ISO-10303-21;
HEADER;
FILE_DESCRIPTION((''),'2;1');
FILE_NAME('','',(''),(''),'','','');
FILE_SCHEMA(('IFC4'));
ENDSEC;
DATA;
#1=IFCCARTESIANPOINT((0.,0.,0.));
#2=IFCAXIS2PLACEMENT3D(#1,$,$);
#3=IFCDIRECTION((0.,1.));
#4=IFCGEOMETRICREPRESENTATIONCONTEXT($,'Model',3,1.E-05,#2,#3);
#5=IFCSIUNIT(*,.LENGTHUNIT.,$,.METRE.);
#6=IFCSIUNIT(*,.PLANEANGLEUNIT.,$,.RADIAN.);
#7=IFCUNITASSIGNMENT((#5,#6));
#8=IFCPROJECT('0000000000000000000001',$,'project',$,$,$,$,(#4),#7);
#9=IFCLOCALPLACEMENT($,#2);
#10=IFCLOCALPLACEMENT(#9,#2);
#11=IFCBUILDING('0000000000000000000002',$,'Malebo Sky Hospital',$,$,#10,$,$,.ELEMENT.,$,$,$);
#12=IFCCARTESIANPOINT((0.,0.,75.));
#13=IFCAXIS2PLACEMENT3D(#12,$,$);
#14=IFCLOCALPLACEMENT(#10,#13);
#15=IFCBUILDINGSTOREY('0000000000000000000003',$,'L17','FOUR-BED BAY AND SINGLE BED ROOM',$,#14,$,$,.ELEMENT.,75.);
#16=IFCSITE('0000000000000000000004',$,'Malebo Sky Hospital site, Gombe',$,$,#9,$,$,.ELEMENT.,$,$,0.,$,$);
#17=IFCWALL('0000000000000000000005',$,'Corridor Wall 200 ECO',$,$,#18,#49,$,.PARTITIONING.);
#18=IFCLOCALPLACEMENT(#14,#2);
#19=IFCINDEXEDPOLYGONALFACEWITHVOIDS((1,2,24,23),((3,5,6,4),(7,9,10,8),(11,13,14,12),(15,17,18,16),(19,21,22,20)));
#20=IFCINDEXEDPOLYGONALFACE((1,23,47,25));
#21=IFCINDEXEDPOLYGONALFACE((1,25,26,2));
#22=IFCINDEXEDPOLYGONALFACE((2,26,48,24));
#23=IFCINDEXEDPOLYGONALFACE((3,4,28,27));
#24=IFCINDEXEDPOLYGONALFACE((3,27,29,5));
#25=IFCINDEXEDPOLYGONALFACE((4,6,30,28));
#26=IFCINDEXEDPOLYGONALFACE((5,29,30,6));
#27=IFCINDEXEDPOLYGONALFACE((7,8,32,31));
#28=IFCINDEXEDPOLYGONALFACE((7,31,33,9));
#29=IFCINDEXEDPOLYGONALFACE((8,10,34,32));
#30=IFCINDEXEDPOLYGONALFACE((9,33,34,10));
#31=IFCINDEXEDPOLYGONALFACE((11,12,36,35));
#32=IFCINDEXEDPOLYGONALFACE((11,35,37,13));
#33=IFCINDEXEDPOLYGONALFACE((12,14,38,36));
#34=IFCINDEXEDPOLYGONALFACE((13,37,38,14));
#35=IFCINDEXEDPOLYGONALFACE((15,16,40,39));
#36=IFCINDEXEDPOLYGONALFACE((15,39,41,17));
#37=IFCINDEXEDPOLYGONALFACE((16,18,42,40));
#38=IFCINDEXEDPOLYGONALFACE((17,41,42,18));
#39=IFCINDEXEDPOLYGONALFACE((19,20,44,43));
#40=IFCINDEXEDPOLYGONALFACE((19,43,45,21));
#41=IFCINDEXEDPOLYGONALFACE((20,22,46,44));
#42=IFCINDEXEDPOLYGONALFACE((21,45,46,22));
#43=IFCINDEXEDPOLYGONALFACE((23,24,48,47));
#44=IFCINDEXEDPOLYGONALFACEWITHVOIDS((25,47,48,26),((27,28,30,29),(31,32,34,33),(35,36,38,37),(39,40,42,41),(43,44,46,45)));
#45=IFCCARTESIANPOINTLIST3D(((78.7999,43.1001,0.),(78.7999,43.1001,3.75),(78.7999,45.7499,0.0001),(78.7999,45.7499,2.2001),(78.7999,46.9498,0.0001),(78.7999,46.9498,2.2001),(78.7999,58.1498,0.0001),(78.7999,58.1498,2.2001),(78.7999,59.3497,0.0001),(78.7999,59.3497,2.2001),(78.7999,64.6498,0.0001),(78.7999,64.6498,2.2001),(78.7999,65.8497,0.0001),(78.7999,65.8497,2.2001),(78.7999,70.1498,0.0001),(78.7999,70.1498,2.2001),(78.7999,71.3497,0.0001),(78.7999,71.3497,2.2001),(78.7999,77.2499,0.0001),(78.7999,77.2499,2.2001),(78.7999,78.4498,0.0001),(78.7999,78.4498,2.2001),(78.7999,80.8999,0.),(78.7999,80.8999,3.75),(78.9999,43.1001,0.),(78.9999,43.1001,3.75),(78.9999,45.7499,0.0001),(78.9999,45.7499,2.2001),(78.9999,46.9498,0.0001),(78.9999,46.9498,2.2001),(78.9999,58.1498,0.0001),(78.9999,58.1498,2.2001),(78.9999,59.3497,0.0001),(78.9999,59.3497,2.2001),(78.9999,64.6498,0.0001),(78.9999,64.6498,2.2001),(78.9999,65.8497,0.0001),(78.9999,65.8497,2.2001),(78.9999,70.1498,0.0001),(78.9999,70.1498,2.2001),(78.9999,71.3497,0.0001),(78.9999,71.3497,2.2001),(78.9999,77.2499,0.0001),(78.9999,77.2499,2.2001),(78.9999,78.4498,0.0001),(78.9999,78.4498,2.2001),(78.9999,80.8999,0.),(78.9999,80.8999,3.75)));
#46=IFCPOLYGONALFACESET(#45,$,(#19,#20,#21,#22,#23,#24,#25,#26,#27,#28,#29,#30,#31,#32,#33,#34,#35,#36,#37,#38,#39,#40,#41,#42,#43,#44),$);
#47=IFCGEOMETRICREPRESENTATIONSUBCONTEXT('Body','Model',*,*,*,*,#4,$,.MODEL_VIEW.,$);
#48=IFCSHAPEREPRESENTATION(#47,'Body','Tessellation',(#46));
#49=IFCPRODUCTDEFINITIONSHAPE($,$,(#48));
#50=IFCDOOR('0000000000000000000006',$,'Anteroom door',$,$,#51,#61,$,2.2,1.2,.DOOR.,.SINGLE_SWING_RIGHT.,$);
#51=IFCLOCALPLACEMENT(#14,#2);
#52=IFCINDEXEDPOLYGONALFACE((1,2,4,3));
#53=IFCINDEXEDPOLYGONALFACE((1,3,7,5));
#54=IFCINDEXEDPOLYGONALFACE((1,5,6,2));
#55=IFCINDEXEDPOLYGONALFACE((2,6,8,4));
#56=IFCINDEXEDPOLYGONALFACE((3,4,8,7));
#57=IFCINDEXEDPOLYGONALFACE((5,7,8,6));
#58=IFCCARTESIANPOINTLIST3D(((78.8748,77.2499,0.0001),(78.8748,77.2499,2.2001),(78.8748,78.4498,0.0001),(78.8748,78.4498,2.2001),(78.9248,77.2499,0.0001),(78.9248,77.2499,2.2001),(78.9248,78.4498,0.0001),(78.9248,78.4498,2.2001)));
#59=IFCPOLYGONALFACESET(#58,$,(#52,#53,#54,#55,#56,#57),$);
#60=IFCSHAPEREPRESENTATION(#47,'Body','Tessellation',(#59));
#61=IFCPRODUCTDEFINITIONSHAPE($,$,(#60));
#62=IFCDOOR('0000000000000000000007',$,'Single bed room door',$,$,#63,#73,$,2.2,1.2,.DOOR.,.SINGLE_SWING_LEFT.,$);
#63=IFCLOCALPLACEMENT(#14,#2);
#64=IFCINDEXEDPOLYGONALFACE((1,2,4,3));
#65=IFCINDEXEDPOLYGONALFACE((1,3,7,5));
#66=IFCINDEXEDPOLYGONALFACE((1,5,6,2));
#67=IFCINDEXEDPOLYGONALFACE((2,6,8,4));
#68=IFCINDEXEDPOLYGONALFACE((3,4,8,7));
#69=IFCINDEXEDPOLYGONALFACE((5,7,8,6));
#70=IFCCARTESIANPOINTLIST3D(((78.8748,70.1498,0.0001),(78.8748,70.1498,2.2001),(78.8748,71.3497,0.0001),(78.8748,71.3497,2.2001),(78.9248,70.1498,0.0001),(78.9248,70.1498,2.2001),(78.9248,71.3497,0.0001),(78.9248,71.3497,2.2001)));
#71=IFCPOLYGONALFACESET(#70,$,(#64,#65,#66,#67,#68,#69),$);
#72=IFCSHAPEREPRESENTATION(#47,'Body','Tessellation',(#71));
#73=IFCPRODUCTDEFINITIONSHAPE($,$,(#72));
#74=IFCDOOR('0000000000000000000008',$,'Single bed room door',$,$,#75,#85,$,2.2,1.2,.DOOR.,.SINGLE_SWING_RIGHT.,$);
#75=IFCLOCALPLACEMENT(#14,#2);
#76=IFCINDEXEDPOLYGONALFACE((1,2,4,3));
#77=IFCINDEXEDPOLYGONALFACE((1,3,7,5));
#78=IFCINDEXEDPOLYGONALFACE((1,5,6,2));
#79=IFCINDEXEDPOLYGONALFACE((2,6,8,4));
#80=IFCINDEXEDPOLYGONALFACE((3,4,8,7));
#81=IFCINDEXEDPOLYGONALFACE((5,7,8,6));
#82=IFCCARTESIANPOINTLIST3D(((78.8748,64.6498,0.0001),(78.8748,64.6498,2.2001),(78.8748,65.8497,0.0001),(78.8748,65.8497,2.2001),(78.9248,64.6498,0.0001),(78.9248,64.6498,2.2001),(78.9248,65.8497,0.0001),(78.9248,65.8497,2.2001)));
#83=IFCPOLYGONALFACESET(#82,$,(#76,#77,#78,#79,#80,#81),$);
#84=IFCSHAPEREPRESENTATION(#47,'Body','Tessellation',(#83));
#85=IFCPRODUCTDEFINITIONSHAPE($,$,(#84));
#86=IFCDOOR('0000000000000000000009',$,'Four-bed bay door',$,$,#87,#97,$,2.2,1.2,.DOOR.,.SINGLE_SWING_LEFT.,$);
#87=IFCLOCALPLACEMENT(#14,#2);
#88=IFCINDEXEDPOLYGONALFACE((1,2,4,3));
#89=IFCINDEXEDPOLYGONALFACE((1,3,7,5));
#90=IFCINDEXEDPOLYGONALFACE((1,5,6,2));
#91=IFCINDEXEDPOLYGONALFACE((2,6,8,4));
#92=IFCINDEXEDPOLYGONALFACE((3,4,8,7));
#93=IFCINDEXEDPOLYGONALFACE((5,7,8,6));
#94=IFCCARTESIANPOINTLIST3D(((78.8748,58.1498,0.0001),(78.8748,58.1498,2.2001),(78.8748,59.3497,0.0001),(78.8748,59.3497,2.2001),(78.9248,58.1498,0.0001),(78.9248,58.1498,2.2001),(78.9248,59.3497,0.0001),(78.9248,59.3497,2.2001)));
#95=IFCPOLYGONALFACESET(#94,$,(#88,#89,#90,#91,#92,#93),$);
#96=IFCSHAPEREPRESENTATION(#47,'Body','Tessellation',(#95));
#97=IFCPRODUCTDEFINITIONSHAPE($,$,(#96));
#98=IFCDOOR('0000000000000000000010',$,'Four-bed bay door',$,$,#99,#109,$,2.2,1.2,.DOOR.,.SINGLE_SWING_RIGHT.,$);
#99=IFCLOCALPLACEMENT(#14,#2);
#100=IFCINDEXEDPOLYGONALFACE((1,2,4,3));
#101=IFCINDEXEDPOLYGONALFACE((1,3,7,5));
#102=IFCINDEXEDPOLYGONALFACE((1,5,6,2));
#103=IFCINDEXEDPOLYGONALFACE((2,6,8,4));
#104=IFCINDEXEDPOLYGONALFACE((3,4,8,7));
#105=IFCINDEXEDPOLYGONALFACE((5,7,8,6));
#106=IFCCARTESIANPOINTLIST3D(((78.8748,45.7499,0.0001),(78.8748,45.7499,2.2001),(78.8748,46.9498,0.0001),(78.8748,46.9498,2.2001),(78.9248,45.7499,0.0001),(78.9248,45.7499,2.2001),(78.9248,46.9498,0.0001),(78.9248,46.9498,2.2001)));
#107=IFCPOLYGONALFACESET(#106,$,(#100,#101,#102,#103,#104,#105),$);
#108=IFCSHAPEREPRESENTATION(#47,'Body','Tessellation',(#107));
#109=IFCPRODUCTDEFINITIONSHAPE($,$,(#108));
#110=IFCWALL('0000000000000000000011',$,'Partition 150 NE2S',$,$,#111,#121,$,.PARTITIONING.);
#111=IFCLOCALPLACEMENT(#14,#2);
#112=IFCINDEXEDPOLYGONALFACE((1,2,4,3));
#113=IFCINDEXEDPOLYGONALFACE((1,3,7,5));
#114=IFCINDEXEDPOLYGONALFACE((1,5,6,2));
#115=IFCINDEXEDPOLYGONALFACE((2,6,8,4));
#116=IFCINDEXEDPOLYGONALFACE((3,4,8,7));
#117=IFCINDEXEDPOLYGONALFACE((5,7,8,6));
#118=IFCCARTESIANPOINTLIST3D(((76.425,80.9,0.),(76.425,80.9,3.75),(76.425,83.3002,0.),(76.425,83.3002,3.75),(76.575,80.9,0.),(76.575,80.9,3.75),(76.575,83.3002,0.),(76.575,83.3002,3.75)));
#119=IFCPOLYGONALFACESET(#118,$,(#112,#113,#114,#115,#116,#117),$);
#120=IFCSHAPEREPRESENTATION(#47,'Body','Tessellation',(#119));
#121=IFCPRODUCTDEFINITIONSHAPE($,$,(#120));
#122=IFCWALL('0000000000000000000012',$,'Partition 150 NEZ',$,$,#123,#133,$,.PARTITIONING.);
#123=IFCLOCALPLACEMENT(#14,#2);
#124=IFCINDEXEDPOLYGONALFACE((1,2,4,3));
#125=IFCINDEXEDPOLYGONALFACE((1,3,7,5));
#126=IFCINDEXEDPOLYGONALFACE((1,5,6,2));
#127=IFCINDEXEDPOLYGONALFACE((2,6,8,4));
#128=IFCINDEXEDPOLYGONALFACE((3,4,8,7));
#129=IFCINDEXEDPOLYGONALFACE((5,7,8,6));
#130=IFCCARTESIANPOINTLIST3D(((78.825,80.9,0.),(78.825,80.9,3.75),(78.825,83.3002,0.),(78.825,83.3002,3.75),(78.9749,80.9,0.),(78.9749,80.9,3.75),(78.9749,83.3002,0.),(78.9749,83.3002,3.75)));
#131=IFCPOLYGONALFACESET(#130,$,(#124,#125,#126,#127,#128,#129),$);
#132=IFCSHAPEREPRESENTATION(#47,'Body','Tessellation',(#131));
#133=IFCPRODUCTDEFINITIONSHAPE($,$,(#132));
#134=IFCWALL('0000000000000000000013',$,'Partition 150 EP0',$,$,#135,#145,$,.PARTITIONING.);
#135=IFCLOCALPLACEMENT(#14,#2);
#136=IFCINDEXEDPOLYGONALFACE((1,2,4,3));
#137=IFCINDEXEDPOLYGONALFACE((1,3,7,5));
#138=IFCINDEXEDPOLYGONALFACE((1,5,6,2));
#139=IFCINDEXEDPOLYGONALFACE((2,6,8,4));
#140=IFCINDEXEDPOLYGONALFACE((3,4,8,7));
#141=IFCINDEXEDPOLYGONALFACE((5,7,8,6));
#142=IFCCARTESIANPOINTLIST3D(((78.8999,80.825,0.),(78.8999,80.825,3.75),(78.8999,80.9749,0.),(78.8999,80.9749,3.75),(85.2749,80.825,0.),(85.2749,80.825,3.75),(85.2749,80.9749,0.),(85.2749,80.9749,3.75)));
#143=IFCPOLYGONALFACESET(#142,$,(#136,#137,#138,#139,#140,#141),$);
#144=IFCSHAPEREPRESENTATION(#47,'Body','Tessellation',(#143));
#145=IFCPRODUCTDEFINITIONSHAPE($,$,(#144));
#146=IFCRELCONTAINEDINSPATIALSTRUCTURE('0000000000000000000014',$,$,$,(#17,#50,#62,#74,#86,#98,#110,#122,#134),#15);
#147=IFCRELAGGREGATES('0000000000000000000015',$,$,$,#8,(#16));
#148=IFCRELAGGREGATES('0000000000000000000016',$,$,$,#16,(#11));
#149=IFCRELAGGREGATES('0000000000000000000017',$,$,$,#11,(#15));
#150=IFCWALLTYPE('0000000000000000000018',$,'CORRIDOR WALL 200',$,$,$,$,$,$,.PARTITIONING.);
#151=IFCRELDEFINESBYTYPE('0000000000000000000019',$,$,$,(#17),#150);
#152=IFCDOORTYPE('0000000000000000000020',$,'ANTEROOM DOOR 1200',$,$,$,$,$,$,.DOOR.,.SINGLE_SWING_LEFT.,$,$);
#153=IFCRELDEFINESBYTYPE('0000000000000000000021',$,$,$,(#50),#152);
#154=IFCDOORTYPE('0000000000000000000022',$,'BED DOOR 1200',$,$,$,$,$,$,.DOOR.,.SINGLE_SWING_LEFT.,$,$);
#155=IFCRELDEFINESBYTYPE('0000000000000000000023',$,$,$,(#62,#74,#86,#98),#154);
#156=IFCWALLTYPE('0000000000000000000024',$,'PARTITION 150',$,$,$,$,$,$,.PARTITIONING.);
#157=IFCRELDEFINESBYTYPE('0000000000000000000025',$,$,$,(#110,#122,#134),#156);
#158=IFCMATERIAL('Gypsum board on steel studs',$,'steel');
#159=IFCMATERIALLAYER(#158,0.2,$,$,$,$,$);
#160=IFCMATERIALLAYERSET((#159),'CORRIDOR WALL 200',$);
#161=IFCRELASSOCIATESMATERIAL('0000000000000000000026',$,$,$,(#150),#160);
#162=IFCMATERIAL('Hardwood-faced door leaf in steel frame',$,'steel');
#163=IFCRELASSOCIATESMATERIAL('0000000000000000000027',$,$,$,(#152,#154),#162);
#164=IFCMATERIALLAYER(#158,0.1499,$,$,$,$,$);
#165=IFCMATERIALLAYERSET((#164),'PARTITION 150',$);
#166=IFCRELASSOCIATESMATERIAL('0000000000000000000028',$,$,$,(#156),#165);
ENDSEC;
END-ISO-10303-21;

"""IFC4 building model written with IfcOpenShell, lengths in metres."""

from ifc_helpers import new_model, si_unit, direction, frame, frame_2d, origin, place, context, subcontext, project, spatial, rectangle, extrude, material, layer, layer_set, type_object, element, fill, save


model = new_model("IFC4")

# Units and contexts
model_context = context("Model", 3, precision=1e-05, world=origin(), true_north=direction((0.0, 1.0)))
body_context = subcontext(model_context, "Body", "Model", "MODEL_VIEW")
ifc_project = project(units=[si_unit("LENGTHUNIT", "METRE"), si_unit("PLANEANGLEUNIT", "RADIAN")], contexts=[model_context])

# Site, building, storey
site_placement = place(None, origin())
site = spatial("IfcSite", under=ifc_project, at=site_placement, Name="Malebo Sky Hospital site, Gombe", CompositionType="ELEMENT", RefElevation=0.0)
building_placement = place(site_placement, origin())
building = spatial("IfcBuilding", under=site, at=building_placement, Name="Malebo Sky Hospital", CompositionType="ELEMENT")
storey_placement = place(building_placement, frame((0.0, 0.0, 75.0)))
storey = spatial("IfcBuildingStorey", under=building, at=storey_placement, Name="L17", Description="FOUR-BED BAY AND SINGLE BED ROOM", CompositionType="ELEMENT", Elevation=75.0)

# Wall, openings, doors
ifc_material_1 = material(Name="Gypsum board on steel studs", Category="steel")
ifc_layer_1 = layer(ifc_material_1, 0.2)
ifc_layer_set_1 = layer_set([ifc_layer_1], Name="CORRIDOR WALL 200")
wall_type_1 = type_object("IfcWallType", Name="CORRIDOR WALL 200", PredefinedType="PARTITIONING", material=ifc_layer_set_1)
wall_1_placement = place(storey_placement, frame((78.8999, 80.8999, 0.0), z_axis=(0.0, 0.0, 1.0), x_axis=(0.0, -1.0, 0.0)))
wall_1 = element("IfcWall", 1, at=wall_1_placement, inside=storey, type_object=wall_type_1, Name="Corridor Wall 200 ECO", PredefinedType="PARTITIONING", context=body_context, shape_type="SweptSolid", body=[
    extrude(rectangle(XDim=37.7998, YDim=0.2, at=frame_2d((18.8999, 0.0))), origin(), (0.0, 0.0, 1.0), 3.75),
])
opening_1_placement = place(wall_1_placement, frame((2.45, 0.0, 0.0)))
opening_1 = element("IfcOpeningElement", 2, at=opening_1_placement, cuts=wall_1, PredefinedType="OPENING", context=body_context, shape_type="SweptSolid", body=[
    extrude(rectangle(XDim=1.2, YDim=2.2, at=frame_2d((0.6001, 1.1001))), frame((0.0, 0.1099, 0.0), z_axis=(0.0, -1.0, 0.0), x_axis=(1.0, 0.0, 0.0)), (0.0, 0.0, 1.0), 0.22),
])
opening_2_placement = place(wall_1_placement, frame((9.55, 0.0, 0.0)))
opening_2 = element("IfcOpeningElement", 3, at=opening_2_placement, cuts=wall_1, PredefinedType="OPENING", context=body_context, shape_type="SweptSolid", body=[
    extrude(rectangle(XDim=1.2, YDim=2.2, at=frame_2d((0.6001, 1.1001))), frame((0.0, 0.1099, 0.0), z_axis=(0.0, -1.0, 0.0), x_axis=(1.0, 0.0, 0.0)), (0.0, 0.0, 1.0), 0.22),
])
opening_3_placement = place(wall_1_placement, frame((15.05, 0.0, 0.0)))
opening_3 = element("IfcOpeningElement", 4, at=opening_3_placement, cuts=wall_1, PredefinedType="OPENING", context=body_context, shape_type="SweptSolid", body=[
    extrude(rectangle(XDim=1.2, YDim=2.2, at=frame_2d((0.6001, 1.1001))), frame((0.0, 0.1099, 0.0), z_axis=(0.0, -1.0, 0.0), x_axis=(1.0, 0.0, 0.0)), (0.0, 0.0, 1.0), 0.22),
])
opening_4_placement = place(wall_1_placement, frame((21.55, 0.0, 0.0)))
opening_4 = element("IfcOpeningElement", 5, at=opening_4_placement, cuts=wall_1, PredefinedType="OPENING", context=body_context, shape_type="SweptSolid", body=[
    extrude(rectangle(XDim=1.2, YDim=2.2, at=frame_2d((0.6001, 1.1001))), frame((0.0, 0.1099, 0.0), z_axis=(0.0, -1.0, 0.0), x_axis=(1.0, 0.0, 0.0)), (0.0, 0.0, 1.0), 0.22),
])
opening_5_placement = place(wall_1_placement, frame((33.95, 0.0, 0.0)))
opening_5 = element("IfcOpeningElement", 6, at=opening_5_placement, cuts=wall_1, PredefinedType="OPENING", context=body_context, shape_type="SweptSolid", body=[
    extrude(rectangle(XDim=1.2, YDim=2.2, at=frame_2d((0.6001, 1.1001))), frame((0.0, 0.1099, 0.0), z_axis=(0.0, -1.0, 0.0), x_axis=(1.0, 0.0, 0.0)), (0.0, 0.0, 1.0), 0.22),
])
ifc_material_2 = material(Name="Hardwood-faced door leaf in steel frame", Category="steel")
door_type_1 = type_object("IfcDoorType", Name="ANTEROOM DOOR 1200", OperationType="SINGLE_SWING_LEFT", PredefinedType="DOOR", material=ifc_material_2)
door_1_placement = place(opening_1_placement, origin())
door_1 = element("IfcDoor", 7, at=door_1_placement, inside=storey, type_object=door_type_1, Name="Anteroom door", OperationType="SINGLE_SWING_RIGHT", OverallHeight=2.2, OverallWidth=1.2, PredefinedType="DOOR", context=body_context, shape_type="SweptSolid", body=[
    extrude(rectangle(XDim=1.2, YDim=2.2, at=frame_2d((0.6001, 1.1001))), frame((0.0, 0.0249, 0.0), z_axis=(0.0, -1.0, 0.0), x_axis=(1.0, 0.0, 0.0)), (0.0, 0.0, 1.0), 0.05),
])
fill(opening_1, door_1)
door_type_2 = type_object("IfcDoorType", Name="BED DOOR 1200", OperationType="SINGLE_SWING_LEFT", PredefinedType="DOOR", material=ifc_material_2)
door_2_placement = place(opening_2_placement, origin())
door_2 = element("IfcDoor", 8, at=door_2_placement, inside=storey, type_object=door_type_2, Name="Single bed room door", OperationType="SINGLE_SWING_LEFT", OverallHeight=2.2, OverallWidth=1.2, PredefinedType="DOOR", context=body_context, shape_type="SweptSolid", body=[
    extrude(rectangle(XDim=1.2, YDim=2.2, at=frame_2d((0.6001, 1.1001))), frame((0.0, 0.0249, 0.0), z_axis=(0.0, -1.0, 0.0), x_axis=(1.0, 0.0, 0.0)), (0.0, 0.0, 1.0), 0.05),
])
fill(opening_2, door_2)
door_3_placement = place(opening_3_placement, origin())
door_3 = element("IfcDoor", 9, at=door_3_placement, inside=storey, type_object=door_type_2, Name="Single bed room door", OperationType="SINGLE_SWING_RIGHT", OverallHeight=2.2, OverallWidth=1.2, PredefinedType="DOOR", context=body_context, shape_type="SweptSolid", body=[
    extrude(rectangle(XDim=1.2, YDim=2.2, at=frame_2d((0.6001, 1.1001))), frame((0.0, 0.0249, 0.0), z_axis=(0.0, -1.0, 0.0), x_axis=(1.0, 0.0, 0.0)), (0.0, 0.0, 1.0), 0.05),
])
fill(opening_3, door_3)
door_4_placement = place(opening_4_placement, origin())
door_4 = element("IfcDoor", 10, at=door_4_placement, inside=storey, type_object=door_type_2, Name="Four-bed bay door", OperationType="SINGLE_SWING_LEFT", OverallHeight=2.2, OverallWidth=1.2, PredefinedType="DOOR", context=body_context, shape_type="SweptSolid", body=[
    extrude(rectangle(XDim=1.2, YDim=2.2, at=frame_2d((0.6001, 1.1001))), frame((0.0, 0.0249, 0.0), z_axis=(0.0, -1.0, 0.0), x_axis=(1.0, 0.0, 0.0)), (0.0, 0.0, 1.0), 0.05),
])
fill(opening_4, door_4)
door_5_placement = place(opening_5_placement, origin())
door_5 = element("IfcDoor", 11, at=door_5_placement, inside=storey, type_object=door_type_2, Name="Four-bed bay door", OperationType="SINGLE_SWING_RIGHT", OverallHeight=2.2, OverallWidth=1.2, PredefinedType="DOOR", context=body_context, shape_type="SweptSolid", body=[
    extrude(rectangle(XDim=1.2, YDim=2.2, at=frame_2d((0.6001, 1.1001))), frame((0.0, 0.0249, 0.0), z_axis=(0.0, -1.0, 0.0), x_axis=(1.0, 0.0, 0.0)), (0.0, 0.0, 1.0), 0.05),
])
fill(opening_5, door_5)

# Walls
ifc_layer_2 = layer(ifc_material_1, 0.1499)
ifc_layer_set_2 = layer_set([ifc_layer_2], Name="PARTITION 150")
wall_type_2 = type_object("IfcWallType", Name="PARTITION 150", PredefinedType="PARTITIONING", material=ifc_layer_set_2)
for number, where, z_axis, x_axis, name in (
    (12, (76.5, 80.8999, 0.0), (0.0, 0.0, 1.0), (0.0, 1.0, 0.0), "Partition 150 NE2S"),
    (13, (78.8999, 80.8999, 0.0), (0.0, 0.0, 1.0), (0.0, 1.0, 0.0), "Partition 150 NEZ"),
):
    element("IfcWall", number, at=place(storey_placement, frame(where, z_axis=z_axis, x_axis=x_axis)), inside=storey, type_object=wall_type_2, Name=name, PredefinedType="PARTITIONING", context=body_context, shape_type="SweptSolid", body=[
        extrude(rectangle(XDim=2.4001, YDim=0.1499, at=frame_2d((1.2002, 0.0))), origin(), (0.0, 0.0, 1.0), 3.75),
    ])
wall_2_placement = place(storey_placement, frame((78.8999, 80.8999, 0.0), z_axis=(0.0, 0.0, 1.0), x_axis=(1.0, 0.0, 0.0)))
element("IfcWall", 14, at=wall_2_placement, inside=storey, type_object=wall_type_2, Name="Partition 150 EP0", PredefinedType="PARTITIONING", context=body_context, shape_type="SweptSolid", body=[
    extrude(rectangle(XDim=6.375, YDim=0.1499, at=frame_2d((3.1875, 0.0))), origin(), (0.0, 0.0, 1.0), 3.75),
])

save(model, "model.ifc")
